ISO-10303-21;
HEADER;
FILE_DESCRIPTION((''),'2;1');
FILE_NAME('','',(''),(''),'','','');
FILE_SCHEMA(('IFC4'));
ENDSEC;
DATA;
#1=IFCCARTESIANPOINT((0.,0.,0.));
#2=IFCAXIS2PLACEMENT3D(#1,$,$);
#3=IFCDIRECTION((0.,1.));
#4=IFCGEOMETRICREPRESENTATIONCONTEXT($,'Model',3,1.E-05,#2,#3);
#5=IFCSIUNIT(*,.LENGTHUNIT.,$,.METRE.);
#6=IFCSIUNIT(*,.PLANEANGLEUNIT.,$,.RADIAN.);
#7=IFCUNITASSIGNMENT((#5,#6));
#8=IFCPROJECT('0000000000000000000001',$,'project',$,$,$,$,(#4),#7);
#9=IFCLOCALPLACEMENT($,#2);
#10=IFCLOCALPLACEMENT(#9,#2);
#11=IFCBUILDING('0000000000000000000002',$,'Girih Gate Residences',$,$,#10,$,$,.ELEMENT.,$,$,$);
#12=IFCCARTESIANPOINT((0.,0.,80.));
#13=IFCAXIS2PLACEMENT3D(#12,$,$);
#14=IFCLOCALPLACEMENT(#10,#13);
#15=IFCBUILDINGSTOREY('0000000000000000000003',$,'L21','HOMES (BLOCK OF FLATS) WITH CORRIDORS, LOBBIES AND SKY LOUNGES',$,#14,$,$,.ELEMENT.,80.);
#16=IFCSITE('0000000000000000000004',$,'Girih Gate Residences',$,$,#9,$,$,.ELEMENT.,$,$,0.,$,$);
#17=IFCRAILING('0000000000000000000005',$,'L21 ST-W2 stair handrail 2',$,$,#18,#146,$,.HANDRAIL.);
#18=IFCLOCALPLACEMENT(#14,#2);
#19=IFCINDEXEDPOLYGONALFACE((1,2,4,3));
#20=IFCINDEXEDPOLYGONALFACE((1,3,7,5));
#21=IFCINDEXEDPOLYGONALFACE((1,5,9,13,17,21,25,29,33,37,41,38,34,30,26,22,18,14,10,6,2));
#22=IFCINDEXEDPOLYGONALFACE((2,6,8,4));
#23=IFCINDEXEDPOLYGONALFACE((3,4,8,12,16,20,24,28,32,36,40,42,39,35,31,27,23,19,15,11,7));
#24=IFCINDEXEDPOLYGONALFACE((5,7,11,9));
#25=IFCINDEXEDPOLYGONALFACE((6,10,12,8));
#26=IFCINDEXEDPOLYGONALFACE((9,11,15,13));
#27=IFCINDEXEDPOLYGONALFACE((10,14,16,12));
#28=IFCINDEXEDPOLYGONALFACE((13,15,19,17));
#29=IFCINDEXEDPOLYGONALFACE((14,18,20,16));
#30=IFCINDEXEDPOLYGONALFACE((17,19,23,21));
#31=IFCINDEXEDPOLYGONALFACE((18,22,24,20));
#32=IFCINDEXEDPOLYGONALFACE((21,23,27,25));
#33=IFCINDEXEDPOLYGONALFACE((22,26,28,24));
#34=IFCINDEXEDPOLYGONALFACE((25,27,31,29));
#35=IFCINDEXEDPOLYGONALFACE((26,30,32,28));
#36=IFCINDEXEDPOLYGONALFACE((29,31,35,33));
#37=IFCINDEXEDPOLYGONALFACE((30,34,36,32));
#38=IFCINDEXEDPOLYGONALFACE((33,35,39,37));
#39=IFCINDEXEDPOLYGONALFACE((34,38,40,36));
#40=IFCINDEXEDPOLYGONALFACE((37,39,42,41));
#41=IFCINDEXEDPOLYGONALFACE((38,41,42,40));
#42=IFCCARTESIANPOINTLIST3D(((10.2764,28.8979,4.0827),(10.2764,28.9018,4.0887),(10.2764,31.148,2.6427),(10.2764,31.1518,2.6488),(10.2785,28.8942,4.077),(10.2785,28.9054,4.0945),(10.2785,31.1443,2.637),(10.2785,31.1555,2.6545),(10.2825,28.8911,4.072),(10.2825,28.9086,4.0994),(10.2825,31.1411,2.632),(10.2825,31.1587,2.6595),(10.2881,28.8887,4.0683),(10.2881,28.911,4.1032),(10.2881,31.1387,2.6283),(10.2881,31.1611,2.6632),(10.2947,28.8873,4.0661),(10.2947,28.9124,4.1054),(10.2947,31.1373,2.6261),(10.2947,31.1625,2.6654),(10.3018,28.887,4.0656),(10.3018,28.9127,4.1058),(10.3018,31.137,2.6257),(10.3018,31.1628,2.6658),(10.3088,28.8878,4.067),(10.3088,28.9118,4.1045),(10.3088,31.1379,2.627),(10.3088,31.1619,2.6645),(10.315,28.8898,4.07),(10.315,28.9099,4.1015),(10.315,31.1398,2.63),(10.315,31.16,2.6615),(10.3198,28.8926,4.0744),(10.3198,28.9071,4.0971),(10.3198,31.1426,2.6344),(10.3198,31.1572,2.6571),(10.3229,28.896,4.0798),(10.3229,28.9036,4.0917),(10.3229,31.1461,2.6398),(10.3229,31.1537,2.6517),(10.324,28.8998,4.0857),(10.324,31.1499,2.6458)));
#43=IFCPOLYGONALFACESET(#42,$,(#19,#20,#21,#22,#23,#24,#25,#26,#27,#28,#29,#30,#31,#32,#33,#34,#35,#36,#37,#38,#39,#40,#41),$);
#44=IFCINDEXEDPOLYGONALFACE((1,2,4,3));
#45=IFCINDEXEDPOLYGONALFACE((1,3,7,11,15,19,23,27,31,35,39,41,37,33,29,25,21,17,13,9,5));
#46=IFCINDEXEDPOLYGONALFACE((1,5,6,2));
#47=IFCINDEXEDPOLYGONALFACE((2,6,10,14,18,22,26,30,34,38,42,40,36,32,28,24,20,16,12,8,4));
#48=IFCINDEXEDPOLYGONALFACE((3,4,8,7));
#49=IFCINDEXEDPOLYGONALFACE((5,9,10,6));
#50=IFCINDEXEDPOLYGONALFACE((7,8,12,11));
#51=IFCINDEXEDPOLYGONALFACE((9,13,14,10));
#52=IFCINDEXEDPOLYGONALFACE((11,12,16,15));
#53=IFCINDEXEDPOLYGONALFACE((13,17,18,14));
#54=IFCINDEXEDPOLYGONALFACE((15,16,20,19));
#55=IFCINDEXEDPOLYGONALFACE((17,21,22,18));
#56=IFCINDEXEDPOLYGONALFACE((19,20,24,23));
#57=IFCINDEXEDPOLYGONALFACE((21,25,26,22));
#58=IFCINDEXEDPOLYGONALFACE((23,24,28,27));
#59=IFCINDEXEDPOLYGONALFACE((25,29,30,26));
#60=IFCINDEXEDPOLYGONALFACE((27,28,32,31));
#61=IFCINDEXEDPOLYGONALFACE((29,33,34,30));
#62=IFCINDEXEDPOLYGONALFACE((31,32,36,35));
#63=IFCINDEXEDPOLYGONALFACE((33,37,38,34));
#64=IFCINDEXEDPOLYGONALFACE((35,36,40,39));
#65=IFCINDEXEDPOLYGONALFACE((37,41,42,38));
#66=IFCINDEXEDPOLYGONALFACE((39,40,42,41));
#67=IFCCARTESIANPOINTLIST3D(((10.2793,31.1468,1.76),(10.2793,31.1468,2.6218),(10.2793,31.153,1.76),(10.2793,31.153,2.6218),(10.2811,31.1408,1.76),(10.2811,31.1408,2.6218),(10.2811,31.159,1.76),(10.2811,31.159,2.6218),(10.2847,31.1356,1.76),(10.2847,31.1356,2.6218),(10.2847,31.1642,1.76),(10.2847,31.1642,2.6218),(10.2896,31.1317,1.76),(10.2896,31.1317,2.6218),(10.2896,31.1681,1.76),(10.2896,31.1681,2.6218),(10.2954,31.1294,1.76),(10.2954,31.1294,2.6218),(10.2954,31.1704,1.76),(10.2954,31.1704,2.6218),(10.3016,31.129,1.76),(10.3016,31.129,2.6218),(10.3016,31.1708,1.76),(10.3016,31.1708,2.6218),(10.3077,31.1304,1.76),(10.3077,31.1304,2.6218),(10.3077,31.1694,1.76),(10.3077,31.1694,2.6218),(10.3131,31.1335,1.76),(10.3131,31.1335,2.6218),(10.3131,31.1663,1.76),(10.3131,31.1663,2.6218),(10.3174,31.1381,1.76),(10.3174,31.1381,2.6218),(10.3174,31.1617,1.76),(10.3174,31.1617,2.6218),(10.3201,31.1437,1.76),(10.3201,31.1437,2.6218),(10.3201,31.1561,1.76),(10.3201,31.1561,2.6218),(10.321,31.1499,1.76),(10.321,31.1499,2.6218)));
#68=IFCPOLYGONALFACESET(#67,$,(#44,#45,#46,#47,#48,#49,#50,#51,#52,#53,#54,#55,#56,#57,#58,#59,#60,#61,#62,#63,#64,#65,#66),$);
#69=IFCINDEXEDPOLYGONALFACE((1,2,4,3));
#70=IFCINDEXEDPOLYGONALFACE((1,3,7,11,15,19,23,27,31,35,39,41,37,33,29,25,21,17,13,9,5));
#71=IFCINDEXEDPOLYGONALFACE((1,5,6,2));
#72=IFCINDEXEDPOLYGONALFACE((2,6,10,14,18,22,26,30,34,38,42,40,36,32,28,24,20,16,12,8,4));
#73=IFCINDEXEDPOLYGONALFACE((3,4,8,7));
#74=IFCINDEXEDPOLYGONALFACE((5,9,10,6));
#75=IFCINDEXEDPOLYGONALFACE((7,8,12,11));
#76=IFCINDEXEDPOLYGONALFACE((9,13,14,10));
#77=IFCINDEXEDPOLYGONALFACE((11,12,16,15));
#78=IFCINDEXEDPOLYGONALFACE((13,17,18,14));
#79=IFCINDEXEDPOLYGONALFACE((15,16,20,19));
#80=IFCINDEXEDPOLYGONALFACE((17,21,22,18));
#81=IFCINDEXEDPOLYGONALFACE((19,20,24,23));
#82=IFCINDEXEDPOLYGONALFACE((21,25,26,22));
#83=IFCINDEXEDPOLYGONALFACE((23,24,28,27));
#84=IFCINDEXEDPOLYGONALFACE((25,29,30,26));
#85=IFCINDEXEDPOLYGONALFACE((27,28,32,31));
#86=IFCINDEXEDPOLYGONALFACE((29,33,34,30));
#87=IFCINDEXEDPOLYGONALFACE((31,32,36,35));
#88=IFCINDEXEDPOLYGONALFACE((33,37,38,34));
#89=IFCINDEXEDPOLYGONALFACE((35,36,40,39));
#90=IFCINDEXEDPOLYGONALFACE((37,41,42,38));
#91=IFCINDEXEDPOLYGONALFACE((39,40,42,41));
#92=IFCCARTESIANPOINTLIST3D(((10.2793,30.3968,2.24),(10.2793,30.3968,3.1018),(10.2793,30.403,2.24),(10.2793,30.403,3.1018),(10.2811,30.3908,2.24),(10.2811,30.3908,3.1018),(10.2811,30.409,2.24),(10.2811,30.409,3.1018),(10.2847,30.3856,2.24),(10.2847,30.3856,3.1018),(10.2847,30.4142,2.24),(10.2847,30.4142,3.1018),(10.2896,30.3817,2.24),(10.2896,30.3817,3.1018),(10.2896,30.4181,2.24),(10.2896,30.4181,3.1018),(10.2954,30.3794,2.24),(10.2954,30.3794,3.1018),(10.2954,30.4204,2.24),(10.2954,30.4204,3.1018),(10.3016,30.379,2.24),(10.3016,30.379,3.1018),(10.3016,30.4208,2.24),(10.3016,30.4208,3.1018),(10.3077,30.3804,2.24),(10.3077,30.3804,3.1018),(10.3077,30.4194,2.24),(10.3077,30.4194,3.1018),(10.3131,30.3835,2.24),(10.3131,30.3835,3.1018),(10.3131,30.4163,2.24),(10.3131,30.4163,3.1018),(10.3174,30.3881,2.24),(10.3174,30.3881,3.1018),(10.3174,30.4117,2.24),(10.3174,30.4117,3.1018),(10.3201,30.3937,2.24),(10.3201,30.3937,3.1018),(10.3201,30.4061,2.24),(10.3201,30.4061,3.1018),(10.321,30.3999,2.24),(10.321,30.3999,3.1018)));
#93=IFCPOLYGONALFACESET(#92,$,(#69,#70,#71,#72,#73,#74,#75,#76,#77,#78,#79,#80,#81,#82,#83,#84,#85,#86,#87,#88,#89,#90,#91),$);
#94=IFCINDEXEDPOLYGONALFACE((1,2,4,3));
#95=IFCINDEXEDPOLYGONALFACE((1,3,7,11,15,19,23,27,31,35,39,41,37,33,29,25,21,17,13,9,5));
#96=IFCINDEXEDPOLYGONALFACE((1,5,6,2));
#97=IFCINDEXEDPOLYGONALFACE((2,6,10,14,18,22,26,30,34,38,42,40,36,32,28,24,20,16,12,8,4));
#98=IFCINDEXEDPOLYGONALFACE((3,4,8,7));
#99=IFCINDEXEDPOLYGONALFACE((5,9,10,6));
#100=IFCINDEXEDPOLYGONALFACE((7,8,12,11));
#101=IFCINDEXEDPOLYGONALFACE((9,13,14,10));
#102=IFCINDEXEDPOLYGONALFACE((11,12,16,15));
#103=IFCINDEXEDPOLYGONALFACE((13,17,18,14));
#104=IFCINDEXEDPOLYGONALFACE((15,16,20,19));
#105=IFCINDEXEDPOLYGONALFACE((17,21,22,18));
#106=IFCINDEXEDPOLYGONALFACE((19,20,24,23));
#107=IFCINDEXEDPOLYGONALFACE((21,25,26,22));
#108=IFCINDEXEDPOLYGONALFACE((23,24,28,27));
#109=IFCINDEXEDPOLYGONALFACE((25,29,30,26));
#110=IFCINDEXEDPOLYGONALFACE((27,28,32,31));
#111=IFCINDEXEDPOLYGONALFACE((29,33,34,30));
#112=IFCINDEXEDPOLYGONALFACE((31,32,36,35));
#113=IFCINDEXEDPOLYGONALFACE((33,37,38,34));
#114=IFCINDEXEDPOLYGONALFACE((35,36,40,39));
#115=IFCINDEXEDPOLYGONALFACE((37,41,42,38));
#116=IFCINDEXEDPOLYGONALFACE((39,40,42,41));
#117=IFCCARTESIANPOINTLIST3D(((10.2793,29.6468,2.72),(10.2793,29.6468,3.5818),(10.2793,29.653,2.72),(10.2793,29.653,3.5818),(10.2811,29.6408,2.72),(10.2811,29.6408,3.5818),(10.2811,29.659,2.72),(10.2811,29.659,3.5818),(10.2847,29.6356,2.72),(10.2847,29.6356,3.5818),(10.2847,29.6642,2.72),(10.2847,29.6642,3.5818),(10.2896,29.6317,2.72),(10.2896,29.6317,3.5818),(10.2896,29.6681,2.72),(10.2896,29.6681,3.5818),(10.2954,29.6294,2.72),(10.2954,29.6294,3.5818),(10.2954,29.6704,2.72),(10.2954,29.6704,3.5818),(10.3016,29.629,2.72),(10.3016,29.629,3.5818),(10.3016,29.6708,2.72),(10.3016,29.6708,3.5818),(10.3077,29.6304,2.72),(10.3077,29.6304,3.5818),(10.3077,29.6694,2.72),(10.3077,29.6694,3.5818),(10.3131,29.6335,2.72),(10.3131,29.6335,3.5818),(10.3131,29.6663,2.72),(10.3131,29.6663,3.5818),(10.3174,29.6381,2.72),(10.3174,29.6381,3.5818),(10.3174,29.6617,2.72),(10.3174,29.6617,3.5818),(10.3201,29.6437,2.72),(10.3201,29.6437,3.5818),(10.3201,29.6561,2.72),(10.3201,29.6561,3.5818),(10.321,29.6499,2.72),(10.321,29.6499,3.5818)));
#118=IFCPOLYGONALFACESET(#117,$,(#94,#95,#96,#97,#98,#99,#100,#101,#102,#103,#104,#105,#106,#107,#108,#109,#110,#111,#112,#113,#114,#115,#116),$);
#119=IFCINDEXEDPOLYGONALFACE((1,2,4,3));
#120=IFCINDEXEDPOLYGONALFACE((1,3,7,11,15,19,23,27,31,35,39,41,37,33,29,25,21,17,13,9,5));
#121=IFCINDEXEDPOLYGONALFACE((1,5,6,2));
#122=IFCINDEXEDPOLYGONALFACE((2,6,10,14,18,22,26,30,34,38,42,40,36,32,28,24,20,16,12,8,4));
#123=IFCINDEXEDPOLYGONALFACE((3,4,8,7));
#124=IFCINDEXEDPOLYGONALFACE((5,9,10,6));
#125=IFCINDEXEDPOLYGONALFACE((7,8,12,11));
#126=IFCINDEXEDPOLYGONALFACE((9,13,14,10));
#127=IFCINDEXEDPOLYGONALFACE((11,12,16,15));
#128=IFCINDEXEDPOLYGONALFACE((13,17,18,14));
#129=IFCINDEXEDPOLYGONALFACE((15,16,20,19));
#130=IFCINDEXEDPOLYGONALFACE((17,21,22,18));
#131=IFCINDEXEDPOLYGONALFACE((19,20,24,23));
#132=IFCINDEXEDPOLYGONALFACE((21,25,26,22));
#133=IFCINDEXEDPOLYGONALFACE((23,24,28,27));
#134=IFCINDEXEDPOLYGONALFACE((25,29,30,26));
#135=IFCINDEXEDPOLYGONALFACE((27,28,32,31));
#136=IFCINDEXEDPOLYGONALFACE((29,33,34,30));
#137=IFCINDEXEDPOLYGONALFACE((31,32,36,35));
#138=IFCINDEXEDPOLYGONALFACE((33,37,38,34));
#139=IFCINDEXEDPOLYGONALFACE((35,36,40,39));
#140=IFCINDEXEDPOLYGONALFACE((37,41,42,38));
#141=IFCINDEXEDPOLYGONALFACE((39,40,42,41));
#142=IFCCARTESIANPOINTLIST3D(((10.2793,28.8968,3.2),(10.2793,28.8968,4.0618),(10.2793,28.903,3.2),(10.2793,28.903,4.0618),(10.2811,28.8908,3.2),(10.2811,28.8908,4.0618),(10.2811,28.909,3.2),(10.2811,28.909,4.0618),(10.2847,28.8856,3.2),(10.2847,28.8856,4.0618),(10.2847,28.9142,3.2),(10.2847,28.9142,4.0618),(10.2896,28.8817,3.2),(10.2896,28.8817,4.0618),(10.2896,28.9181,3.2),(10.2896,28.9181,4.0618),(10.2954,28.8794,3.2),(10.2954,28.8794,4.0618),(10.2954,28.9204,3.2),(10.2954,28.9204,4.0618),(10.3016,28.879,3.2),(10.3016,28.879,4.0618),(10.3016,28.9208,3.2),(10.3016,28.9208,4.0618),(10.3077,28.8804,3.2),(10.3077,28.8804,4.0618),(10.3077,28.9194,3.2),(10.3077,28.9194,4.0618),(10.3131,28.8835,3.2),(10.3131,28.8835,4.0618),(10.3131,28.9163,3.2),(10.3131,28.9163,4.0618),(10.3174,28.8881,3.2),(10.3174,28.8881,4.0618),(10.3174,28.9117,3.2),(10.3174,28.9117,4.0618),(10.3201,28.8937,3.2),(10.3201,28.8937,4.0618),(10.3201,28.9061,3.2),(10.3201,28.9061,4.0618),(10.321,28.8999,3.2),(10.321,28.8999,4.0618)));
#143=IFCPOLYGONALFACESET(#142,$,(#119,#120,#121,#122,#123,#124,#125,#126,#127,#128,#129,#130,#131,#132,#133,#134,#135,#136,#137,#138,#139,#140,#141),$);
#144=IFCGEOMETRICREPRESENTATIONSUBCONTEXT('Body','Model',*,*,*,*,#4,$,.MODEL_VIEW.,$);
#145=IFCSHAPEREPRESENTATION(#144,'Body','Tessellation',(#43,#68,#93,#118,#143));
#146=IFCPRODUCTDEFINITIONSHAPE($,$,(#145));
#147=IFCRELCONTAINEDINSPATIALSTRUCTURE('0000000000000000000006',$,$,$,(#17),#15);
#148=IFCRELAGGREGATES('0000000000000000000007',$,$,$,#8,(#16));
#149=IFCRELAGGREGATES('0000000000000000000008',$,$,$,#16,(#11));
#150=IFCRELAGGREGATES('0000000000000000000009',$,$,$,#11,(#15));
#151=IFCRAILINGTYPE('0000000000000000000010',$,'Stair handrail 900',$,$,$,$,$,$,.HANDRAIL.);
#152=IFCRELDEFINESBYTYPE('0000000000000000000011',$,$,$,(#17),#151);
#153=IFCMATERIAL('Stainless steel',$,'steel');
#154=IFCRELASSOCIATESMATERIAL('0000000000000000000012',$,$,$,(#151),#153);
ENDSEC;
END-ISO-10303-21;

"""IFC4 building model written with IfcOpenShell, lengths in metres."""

from ifc_helpers import new_model, si_unit, direction, frame, origin, origin_2d, place, context, subcontext, project, spatial, circle, extrude, material, type_object, element, save


model = new_model("IFC4")

# Units and contexts
model_context = context("Model", 3, precision=1e-05, world=origin(), true_north=direction((0.0, 1.0)))
body_context = subcontext(model_context, "Body", "Model", "MODEL_VIEW")
ifc_project = project(units=[si_unit("LENGTHUNIT", "METRE"), si_unit("PLANEANGLEUNIT", "RADIAN")], contexts=[model_context])

# Site, building, storey
site_placement = place(None, origin())
site = spatial("IfcSite", under=ifc_project, at=site_placement, Name="Girih Gate Residences", CompositionType="ELEMENT", RefElevation=0.0)
building_placement = place(site_placement, origin())
building = spatial("IfcBuilding", under=site, at=building_placement, Name="Girih Gate Residences", CompositionType="ELEMENT")
storey_placement = place(building_placement, frame((0.0, 0.0, 80.0)))
storey = spatial("IfcBuildingStorey", under=building, at=storey_placement, Name="L21", Description="HOMES (BLOCK OF FLATS) WITH CORRIDORS, LOBBIES AND SKY LOUNGES", CompositionType="ELEMENT", Elevation=80.0)

# Railing
ifc_material_1 = material(Name="Stainless steel", Category="steel")
railing_type_1 = type_object("IfcRailingType", Name="Stair handrail 900", PredefinedType="HANDRAIL", material=ifc_material_1)
railing_1_placement = place(storey_placement, frame((10.3, 31.1499, 1.76)))
element("IfcRailing", 1, at=railing_1_placement, inside=storey, type_object=railing_type_1, Name="L21 ST-W2 stair handrail 2", PredefinedType="HANDRAIL", context=body_context, shape_type="SweptSolid", body=[
    extrude(circle(Radius=0.0239, at=origin_2d()), frame((0.0, 0.0, 0.8857), z_axis=(0.0, -0.842281, 0.539038), x_axis=(1.0, 0.0, 0.0)), (0.0, 0.0, 1.0), 2.6714),
    extrude(circle(Radius=0.021, at=origin_2d()), origin(), (0.0, 0.0, 1.0), 0.8618),
    extrude(circle(Radius=0.021, at=origin_2d()), frame((0.0, -0.75, 0.48)), (0.0, 0.0, 1.0), 0.8618),
    extrude(circle(Radius=0.021, at=origin_2d()), frame((0.0, -1.5, 0.96)), (0.0, 0.0, 1.0), 0.8618),
    extrude(circle(Radius=0.021, at=origin_2d()), frame((0.0, -2.25, 1.4399)), (0.0, 0.0, 1.0), 0.8618),
])

save(model, "model.ifc")
